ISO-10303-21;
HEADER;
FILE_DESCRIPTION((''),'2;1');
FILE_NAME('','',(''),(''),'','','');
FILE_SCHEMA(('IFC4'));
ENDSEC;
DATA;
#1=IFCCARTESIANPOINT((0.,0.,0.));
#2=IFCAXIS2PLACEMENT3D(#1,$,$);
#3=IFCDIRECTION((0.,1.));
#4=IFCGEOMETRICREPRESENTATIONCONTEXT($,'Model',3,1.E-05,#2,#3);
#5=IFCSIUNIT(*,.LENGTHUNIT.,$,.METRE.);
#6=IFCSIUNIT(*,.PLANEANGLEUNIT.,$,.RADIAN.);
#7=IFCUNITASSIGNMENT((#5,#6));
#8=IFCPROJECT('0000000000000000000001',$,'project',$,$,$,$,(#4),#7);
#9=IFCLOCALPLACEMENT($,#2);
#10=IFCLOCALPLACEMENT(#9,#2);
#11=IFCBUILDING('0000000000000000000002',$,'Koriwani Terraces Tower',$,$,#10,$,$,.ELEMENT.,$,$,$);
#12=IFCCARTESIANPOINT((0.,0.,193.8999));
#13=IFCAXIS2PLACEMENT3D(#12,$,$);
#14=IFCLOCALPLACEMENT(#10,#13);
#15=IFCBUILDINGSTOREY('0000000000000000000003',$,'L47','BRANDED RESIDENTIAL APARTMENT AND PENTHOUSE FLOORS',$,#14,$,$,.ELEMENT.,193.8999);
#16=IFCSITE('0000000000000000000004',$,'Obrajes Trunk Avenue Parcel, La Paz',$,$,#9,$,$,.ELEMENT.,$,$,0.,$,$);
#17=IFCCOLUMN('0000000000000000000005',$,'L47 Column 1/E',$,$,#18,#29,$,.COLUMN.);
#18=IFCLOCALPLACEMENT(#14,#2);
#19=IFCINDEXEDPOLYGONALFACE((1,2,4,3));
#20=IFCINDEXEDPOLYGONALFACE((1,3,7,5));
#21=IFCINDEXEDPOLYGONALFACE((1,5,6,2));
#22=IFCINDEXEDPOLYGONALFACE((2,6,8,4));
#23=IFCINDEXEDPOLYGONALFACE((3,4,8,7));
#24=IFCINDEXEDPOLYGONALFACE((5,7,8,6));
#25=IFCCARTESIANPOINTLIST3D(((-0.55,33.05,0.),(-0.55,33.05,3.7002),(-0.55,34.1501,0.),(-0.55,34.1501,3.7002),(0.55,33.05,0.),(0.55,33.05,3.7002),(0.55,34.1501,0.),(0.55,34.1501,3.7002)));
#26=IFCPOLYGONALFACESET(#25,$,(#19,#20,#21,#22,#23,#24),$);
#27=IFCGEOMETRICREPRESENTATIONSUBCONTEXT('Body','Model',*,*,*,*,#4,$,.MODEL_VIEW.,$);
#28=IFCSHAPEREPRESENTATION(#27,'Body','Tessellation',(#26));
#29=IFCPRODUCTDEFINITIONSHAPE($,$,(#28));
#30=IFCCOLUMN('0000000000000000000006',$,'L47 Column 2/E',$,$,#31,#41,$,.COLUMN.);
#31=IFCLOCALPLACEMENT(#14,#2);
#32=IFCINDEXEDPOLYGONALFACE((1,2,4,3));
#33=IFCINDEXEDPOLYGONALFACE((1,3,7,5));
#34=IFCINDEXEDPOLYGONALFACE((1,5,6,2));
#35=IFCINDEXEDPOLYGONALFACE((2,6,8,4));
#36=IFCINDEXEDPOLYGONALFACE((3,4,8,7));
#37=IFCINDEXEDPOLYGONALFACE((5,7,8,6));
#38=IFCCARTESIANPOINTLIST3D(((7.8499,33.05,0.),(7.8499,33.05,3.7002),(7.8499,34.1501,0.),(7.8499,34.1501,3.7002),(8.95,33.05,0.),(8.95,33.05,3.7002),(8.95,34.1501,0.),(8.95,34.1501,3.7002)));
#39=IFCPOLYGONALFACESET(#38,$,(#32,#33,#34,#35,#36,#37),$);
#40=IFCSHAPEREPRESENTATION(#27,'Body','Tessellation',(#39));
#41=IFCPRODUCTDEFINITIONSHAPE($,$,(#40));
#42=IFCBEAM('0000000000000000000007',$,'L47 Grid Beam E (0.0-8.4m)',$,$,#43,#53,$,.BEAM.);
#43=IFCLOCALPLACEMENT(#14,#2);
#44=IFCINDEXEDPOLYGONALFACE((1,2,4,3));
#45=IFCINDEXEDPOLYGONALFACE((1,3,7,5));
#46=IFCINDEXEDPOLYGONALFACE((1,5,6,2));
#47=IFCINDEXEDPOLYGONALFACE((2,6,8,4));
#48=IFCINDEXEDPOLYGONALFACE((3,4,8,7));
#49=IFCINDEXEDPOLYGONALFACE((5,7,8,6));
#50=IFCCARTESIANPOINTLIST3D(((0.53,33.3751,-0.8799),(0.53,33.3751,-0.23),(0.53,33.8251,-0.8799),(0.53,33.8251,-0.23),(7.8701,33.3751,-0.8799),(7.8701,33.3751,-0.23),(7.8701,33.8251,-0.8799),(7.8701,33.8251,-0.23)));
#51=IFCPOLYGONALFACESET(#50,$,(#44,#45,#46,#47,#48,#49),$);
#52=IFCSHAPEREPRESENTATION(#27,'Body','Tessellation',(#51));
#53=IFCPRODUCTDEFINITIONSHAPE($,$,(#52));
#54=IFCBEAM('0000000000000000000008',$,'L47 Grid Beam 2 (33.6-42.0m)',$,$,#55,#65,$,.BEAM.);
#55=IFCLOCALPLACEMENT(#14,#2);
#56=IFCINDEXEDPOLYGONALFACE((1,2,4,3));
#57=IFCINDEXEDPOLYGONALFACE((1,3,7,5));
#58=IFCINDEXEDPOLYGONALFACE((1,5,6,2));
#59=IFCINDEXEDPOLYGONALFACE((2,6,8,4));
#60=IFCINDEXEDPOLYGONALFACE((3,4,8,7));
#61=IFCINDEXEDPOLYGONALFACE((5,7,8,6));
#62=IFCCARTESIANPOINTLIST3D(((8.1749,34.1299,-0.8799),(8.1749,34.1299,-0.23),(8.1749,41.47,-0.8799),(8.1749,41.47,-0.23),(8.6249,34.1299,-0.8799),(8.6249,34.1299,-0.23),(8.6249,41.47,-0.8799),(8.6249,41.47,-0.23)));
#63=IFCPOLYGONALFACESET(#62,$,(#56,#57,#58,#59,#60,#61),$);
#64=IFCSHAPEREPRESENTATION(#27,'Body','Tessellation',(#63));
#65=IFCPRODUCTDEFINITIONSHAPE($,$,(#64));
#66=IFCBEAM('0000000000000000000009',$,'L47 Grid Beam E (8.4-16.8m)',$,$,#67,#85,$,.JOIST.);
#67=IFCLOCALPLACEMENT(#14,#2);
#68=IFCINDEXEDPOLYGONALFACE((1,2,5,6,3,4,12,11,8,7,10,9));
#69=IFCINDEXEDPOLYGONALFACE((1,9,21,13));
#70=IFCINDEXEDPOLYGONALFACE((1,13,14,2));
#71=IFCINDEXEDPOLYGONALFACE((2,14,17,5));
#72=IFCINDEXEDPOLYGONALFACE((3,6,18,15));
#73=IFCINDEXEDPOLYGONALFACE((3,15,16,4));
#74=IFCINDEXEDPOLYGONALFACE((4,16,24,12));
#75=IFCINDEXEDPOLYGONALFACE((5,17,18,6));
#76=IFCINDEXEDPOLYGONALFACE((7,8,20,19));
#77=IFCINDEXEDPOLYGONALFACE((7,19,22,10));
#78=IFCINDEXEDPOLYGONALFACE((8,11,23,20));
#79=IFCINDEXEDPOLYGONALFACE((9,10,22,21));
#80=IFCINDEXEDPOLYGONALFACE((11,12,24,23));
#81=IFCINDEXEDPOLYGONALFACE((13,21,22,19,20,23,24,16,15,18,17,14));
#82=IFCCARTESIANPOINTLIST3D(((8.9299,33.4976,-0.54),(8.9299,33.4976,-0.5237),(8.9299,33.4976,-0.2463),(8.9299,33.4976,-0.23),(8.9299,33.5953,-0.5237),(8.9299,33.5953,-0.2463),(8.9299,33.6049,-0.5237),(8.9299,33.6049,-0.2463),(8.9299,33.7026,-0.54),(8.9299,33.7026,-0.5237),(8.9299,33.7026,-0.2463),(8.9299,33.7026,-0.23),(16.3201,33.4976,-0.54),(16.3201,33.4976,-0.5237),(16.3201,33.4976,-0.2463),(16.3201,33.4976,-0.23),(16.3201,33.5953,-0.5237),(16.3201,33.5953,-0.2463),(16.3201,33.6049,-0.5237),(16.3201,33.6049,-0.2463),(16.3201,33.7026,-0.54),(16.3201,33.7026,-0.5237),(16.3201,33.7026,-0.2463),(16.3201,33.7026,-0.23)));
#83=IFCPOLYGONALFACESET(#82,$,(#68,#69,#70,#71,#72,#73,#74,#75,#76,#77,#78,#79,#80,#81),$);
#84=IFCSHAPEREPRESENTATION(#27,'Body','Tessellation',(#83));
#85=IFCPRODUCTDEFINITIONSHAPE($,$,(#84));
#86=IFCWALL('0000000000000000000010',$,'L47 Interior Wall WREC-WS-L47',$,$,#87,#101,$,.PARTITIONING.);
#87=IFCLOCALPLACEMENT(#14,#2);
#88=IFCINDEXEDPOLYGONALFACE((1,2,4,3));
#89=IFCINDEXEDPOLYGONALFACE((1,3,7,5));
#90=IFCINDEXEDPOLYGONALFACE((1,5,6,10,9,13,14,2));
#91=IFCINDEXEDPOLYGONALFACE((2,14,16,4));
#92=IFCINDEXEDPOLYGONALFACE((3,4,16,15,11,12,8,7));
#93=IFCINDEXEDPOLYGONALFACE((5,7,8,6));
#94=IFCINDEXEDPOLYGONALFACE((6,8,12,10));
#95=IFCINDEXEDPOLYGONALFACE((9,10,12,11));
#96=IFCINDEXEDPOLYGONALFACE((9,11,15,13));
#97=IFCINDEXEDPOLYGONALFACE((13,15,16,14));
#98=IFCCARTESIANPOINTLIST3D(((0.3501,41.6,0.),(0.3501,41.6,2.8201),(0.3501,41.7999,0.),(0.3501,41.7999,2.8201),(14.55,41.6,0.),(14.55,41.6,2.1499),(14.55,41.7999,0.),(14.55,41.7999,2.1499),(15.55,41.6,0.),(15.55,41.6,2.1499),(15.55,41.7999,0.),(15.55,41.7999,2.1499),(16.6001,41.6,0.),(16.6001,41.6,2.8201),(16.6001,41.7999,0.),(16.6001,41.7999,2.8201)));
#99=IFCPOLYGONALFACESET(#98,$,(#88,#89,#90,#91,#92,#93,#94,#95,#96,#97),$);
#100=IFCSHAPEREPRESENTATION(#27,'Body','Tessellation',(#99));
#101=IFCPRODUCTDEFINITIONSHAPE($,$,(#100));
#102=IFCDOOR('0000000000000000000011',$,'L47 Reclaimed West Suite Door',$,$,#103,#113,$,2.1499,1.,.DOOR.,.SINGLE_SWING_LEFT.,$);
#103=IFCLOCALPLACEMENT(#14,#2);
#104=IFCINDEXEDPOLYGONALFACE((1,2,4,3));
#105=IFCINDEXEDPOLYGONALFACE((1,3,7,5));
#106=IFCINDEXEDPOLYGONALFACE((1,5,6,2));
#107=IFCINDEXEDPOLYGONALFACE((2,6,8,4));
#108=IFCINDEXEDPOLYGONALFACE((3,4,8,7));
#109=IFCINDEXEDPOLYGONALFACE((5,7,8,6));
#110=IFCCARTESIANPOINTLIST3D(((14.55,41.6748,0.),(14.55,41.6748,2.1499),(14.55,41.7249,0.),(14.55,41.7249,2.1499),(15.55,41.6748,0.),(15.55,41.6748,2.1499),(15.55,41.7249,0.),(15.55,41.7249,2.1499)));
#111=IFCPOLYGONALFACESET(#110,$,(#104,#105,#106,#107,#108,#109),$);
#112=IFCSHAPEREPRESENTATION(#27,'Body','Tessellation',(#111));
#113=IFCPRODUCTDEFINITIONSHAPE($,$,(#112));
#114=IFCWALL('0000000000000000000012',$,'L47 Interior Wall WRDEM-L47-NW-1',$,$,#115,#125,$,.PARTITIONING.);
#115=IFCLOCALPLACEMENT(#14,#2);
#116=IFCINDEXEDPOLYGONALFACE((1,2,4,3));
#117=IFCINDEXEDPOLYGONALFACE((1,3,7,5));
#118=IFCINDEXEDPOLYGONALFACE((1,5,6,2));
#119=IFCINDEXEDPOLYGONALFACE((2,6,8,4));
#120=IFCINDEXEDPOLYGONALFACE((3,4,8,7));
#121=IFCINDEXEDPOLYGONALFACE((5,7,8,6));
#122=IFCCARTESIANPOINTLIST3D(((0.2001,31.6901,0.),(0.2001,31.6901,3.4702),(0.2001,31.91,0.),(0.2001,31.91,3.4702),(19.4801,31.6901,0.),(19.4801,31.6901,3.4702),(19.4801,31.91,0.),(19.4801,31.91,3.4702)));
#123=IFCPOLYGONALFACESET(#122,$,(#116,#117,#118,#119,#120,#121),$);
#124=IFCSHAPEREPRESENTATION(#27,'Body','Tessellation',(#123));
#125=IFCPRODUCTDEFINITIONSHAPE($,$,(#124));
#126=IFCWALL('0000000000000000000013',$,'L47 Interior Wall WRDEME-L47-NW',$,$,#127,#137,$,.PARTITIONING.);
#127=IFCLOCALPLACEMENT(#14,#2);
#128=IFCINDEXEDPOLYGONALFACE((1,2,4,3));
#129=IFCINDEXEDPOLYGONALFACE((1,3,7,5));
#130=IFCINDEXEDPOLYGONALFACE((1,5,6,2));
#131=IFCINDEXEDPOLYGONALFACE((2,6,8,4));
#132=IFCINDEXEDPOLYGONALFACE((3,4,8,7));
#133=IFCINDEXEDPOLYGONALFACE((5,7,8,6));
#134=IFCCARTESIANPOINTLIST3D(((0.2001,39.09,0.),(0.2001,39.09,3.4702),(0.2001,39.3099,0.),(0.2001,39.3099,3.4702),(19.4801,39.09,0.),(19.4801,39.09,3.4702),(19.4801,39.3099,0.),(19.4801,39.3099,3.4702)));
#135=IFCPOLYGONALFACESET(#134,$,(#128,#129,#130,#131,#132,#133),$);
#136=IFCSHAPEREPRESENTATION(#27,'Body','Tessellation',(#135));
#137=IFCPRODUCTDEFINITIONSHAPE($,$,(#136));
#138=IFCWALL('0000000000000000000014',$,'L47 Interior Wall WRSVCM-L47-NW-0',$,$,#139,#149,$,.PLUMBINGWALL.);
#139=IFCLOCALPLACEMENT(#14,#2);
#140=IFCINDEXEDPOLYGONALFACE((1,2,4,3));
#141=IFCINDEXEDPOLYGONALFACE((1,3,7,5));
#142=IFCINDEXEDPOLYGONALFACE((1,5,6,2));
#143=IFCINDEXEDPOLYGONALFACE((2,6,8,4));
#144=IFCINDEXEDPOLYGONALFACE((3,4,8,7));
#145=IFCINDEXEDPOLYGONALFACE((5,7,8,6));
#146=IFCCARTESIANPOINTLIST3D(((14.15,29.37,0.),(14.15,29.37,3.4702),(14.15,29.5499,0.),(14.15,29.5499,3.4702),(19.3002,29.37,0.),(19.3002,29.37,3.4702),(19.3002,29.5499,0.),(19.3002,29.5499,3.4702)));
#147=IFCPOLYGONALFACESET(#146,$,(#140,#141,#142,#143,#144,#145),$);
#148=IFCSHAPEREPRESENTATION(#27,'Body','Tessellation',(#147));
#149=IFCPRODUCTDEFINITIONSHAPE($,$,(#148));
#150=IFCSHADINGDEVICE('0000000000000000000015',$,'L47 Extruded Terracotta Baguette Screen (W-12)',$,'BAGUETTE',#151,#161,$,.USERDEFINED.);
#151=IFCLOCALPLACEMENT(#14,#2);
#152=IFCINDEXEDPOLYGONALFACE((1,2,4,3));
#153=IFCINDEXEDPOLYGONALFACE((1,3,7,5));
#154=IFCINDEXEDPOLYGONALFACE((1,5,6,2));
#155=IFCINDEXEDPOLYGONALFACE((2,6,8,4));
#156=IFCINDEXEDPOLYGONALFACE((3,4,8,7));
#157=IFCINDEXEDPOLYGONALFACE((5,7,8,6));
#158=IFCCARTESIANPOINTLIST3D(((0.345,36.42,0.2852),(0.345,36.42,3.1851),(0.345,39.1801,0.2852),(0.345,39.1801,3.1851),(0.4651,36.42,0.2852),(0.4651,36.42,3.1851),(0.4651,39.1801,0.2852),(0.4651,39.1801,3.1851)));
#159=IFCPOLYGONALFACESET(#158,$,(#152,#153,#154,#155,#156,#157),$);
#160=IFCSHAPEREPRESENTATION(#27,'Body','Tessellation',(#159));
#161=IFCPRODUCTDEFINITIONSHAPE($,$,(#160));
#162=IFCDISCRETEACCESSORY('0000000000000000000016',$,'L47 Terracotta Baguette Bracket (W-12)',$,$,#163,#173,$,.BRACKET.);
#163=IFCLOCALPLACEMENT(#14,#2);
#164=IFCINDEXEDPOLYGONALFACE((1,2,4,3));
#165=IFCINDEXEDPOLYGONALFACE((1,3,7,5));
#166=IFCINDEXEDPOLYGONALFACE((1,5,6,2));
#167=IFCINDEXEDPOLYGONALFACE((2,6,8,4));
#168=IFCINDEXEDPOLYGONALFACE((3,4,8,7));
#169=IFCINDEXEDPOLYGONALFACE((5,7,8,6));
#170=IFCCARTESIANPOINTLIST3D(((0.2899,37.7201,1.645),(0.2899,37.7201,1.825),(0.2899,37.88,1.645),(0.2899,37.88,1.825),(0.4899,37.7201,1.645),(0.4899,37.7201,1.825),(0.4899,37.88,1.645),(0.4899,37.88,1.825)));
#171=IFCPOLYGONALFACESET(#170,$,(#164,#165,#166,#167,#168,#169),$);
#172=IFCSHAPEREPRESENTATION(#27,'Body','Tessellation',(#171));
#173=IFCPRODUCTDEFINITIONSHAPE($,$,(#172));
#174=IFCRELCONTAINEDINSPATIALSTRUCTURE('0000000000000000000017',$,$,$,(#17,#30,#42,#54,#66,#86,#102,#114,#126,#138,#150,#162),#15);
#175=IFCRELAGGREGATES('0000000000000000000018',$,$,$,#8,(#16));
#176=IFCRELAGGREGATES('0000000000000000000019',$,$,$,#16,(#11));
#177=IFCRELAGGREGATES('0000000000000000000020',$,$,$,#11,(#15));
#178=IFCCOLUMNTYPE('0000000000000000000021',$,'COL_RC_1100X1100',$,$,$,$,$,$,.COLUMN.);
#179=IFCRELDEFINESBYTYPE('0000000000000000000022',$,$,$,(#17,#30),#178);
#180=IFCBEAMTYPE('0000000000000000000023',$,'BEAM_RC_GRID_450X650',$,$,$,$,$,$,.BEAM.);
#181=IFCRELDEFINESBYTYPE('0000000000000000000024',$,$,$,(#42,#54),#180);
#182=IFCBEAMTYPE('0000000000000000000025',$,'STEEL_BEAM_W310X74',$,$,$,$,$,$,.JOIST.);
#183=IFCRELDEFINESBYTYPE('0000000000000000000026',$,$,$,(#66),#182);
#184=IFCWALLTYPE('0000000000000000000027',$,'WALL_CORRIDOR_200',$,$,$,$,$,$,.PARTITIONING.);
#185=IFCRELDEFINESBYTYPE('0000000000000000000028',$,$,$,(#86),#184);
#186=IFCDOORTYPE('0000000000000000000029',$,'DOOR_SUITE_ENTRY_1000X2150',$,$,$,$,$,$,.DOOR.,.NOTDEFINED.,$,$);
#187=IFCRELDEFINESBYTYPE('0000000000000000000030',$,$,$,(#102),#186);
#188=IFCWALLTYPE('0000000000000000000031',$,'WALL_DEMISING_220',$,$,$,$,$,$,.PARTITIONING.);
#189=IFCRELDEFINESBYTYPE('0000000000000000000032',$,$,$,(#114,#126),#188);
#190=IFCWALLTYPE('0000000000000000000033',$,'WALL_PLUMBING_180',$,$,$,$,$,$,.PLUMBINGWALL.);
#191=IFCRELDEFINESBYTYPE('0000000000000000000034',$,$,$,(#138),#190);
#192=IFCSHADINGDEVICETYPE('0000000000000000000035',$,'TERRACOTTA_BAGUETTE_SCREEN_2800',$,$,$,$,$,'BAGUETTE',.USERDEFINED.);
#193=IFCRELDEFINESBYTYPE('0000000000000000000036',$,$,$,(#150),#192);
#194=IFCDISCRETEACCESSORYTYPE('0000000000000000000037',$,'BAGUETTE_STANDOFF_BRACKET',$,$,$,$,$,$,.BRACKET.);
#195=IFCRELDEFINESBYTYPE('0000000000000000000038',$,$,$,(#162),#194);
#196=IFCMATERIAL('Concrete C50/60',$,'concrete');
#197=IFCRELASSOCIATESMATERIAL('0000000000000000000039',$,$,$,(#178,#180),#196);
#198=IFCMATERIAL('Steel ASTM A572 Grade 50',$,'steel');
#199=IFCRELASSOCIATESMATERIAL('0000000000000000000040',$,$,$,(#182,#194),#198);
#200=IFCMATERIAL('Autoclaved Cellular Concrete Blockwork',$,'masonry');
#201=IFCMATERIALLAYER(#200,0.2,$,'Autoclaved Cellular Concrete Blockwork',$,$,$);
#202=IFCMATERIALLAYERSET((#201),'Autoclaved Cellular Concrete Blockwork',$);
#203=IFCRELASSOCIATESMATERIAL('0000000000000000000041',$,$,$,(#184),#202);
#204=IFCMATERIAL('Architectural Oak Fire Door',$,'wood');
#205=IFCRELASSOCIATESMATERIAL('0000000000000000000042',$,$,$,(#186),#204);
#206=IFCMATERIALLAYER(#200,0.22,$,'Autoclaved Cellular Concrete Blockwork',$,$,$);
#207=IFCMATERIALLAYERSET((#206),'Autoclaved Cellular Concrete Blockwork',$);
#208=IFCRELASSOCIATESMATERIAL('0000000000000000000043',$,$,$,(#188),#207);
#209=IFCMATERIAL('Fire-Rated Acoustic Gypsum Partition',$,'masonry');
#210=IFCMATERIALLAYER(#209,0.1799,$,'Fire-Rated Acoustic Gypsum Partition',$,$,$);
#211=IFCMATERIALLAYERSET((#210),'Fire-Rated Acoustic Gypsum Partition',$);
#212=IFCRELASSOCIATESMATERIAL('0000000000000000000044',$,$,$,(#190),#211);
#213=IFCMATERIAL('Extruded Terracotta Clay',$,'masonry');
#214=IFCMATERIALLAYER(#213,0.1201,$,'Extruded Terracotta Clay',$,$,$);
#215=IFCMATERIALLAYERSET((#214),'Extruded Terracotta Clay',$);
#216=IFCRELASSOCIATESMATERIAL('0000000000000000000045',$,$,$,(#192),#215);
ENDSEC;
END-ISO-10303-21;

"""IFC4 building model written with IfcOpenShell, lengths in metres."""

from ifc_helpers import new_model, si_unit, direction, frame, frame_2d, origin, origin_2d, place, context, subcontext, project, spatial, rectangle, i_section, extrude, material, layer, layer_set, material_profile, profile_set, type_object, element, fill, save


model = new_model("IFC4")

# Units and contexts
model_context = context("Model", 3, precision=1e-05, world=origin(), true_north=direction((0.0, 1.0)))
body_context = subcontext(model_context, "Body", "Model", "MODEL_VIEW")
ifc_project = project(units=[si_unit("LENGTHUNIT", "METRE"), si_unit("PLANEANGLEUNIT", "RADIAN")], contexts=[model_context])

# Site, building, storey
site_placement = place(None, origin())
site = spatial("IfcSite", under=ifc_project, at=site_placement, Name="Obrajes Trunk Avenue Parcel, La Paz", CompositionType="ELEMENT", RefElevation=0.0)
building_placement = place(site_placement, origin())
building = spatial("IfcBuilding", under=site, at=building_placement, Name="Koriwani Terraces Tower", CompositionType="ELEMENT")
storey_placement = place(building_placement, frame((0.0, 0.0, 193.8999)))
storey = spatial("IfcBuildingStorey", under=building, at=storey_placement, Name="L47", Description="BRANDED RESIDENTIAL APARTMENT AND PENTHOUSE FLOORS", CompositionType="ELEMENT", Elevation=193.8999)

# Columns
ifc_material_1 = material(Name="Concrete C50/60", Category="concrete")
ifc_material_profile_1 = material_profile(ifc_material_1, rectangle(XDim=1.1001, YDim=1.1001, at=origin_2d()), Name="Concrete C50/60", Category="LoadBearing")
ifc_profile_set_1 = profile_set([ifc_material_profile_1], Name="Concrete C50/60")
column_type = type_object("IfcColumnType", Name="COL_RC_1100X1100", PredefinedType="COLUMN", material=ifc_profile_set_1)
for number, where, z_axis, x_axis, name in (
    (1, (0.0, 33.6001, 0.0), (0.0, 0.0, 1.0), (1.0, 0.0, 0.0), "L47 Column 1/E"),
    (2, (8.3999, 33.6001, 0.0), (0.0, 0.0, 1.0), (1.0, 0.0, 0.0), "L47 Column 2/E"),
):
    element("IfcColumn", number, at=place(storey_placement, frame(where, z_axis=z_axis, x_axis=x_axis)), inside=storey, type_object=column_type, Name=name, PredefinedType="COLUMN", context=body_context, shape_type="SweptSolid", body=[
        extrude(rectangle(XDim=1.1001, YDim=1.1001, at=origin_2d()), origin(), (0.0, 0.0, 1.0), 3.7002),
    ])

# Beams
ifc_material_profile_2 = material_profile(ifc_material_1, rectangle(XDim=0.45, YDim=0.6499, at=origin_2d()), Name="Concrete C50/60", Category="LoadBearing")
ifc_profile_set_2 = profile_set([ifc_material_profile_2], Name="Concrete C50/60")
beam_type_1 = type_object("IfcBeamType", Name="BEAM_RC_GRID_450X650", PredefinedType="BEAM", material=ifc_profile_set_2)
for number, where, z_axis, x_axis, name in (
    (3, (0.53, 33.6001, -0.5549), (1.0, 0.0, 0.0), (0.0, 1.0, 0.0), "L47 Grid Beam E (0.0-8.4m)"),
    (4, (8.3999, 34.1299, -0.5549), (0.0, 1.0, 0.0), (-1.0, 0.0, 0.0), "L47 Grid Beam 2 (33.6-42.0m)"),
):
    element("IfcBeam", number, at=place(storey_placement, frame(where, z_axis=z_axis, x_axis=x_axis)), inside=storey, type_object=beam_type_1, Name=name, PredefinedType="BEAM", context=body_context, shape_type="SweptSolid", body=[
        extrude(rectangle(XDim=0.45, YDim=0.6499, at=origin_2d()), origin(), (0.0, 0.0, 1.0), 7.3401),
    ])
ifc_material_2 = material(Name="Steel ASTM A572 Grade 50", Category="steel")
ifc_material_profile_3 = material_profile(ifc_material_2, i_section(OverallWidth=0.2051, OverallDepth=0.3101, WebThickness=0.0095, FlangeThickness=0.0164, at=origin_2d()), Name="Steel ASTM A572 Grade 50", Category="LoadBearing")
ifc_profile_set_3 = profile_set([ifc_material_profile_3], Name="Steel ASTM A572 Grade 50")
beam_type_2 = type_object("IfcBeamType", Name="STEEL_BEAM_W310X74", PredefinedType="JOIST", material=ifc_profile_set_3)
beam_placement = place(storey_placement, frame((8.9299, 33.6001, -0.385), z_axis=(1.0, 0.0, 0.0), x_axis=(0.0, 1.0, 0.0)))
element("IfcBeam", 5, at=beam_placement, inside=storey, type_object=beam_type_2, Name="L47 Grid Beam E (8.4-16.8m)", PredefinedType="JOIST", context=body_context, shape_type="SweptSolid", body=[
    extrude(i_section(OverallWidth=0.2051, OverallDepth=0.3101, WebThickness=0.0095, FlangeThickness=0.0164, at=origin_2d()), origin(), (0.0, 0.0, 1.0), 7.3901),
])

# Wall, opening, door
ifc_material_3 = material(Name="Autoclaved Cellular Concrete Blockwork", Category="masonry")
ifc_layer_1 = layer(ifc_material_3, 0.2, Name="Autoclaved Cellular Concrete Blockwork")
ifc_layer_set_1 = layer_set([ifc_layer_1], Name="Autoclaved Cellular Concrete Blockwork")
wall_type_1 = type_object("IfcWallType", Name="WALL_CORRIDOR_200", PredefinedType="PARTITIONING", material=ifc_layer_set_1)
wall_1_placement = place(storey_placement, frame((0.3501, 41.7, 0.0), z_axis=(0.0, 0.0, 1.0), x_axis=(1.0, 0.0, 0.0)))
wall_1 = element("IfcWall", 6, at=wall_1_placement, inside=storey, type_object=wall_type_1, Name="L47 Interior Wall WREC-WS-L47", PredefinedType="PARTITIONING", context=body_context, shape_type="SweptSolid", body=[
    extrude(rectangle(XDim=16.25, YDim=0.2, at=frame_2d((8.125, 0.0))), origin(), (0.0, 0.0, 1.0), 2.8201),
])
opening_placement = place(wall_1_placement, frame((14.2, 0.0, 0.0)))
opening = element("IfcOpeningElement", 7, at=opening_placement, cuts=wall_1, PredefinedType="OPENING", context=body_context, shape_type="SweptSolid", body=[
    extrude(rectangle(XDim=1.0, YDim=2.1499, at=frame_2d((0.5, 1.075))), frame((0.0, 0.1099, 0.0), z_axis=(0.0, -1.0, 0.0), x_axis=(1.0, 0.0, 0.0)), (0.0, 0.0, 1.0), 0.22),
])
ifc_material_4 = material(Name="Architectural Oak Fire Door", Category="wood")
door_type = type_object("IfcDoorType", Name="DOOR_SUITE_ENTRY_1000X2150", OperationType="NOTDEFINED", PredefinedType="DOOR", material=ifc_material_4)
door_placement = place(opening_placement, origin())
door = element("IfcDoor", 8, at=door_placement, inside=storey, type_object=door_type, Name="L47 Reclaimed West Suite Door", OperationType="SINGLE_SWING_LEFT", OverallHeight=2.1499, OverallWidth=1.0, PredefinedType="DOOR", context=body_context, shape_type="SweptSolid", body=[
    extrude(rectangle(XDim=1.0, YDim=2.1499, at=frame_2d((0.5, 1.075))), frame((0.0, 0.0249, 0.0), z_axis=(0.0, -1.0, 0.0), x_axis=(1.0, 0.0, 0.0)), (0.0, 0.0, 1.0), 0.05),
])
fill(opening, door)

# Walls
ifc_layer_2 = layer(ifc_material_3, 0.22, Name="Autoclaved Cellular Concrete Blockwork")
ifc_layer_set_2 = layer_set([ifc_layer_2], Name="Autoclaved Cellular Concrete Blockwork")
wall_type_2 = type_object("IfcWallType", Name="WALL_DEMISING_220", PredefinedType="PARTITIONING", material=ifc_layer_set_2)
for number, where, z_axis, x_axis, name in (
    (9, (0.2, 31.8, 0.0), (0.0, 0.0, 1.0), (1.0, 0.0, 0.0), "L47 Interior Wall WRDEM-L47-NW-1"),
    (10, (0.2, 39.2, 0.0), (0.0, 0.0, 1.0), (1.0, 0.0, 0.0), "L47 Interior Wall WRDEME-L47-NW"),
):
    element("IfcWall", number, at=place(storey_placement, frame(where, z_axis=z_axis, x_axis=x_axis)), inside=storey, type_object=wall_type_2, Name=name, PredefinedType="PARTITIONING", context=body_context, shape_type="SweptSolid", body=[
        extrude(rectangle(XDim=19.28, YDim=0.22, at=frame_2d((9.6401, 0.0))), origin(), (0.0, 0.0, 1.0), 3.4702),
    ])
ifc_material_5 = material(Name="Fire-Rated Acoustic Gypsum Partition", Category="masonry")
ifc_layer_3 = layer(ifc_material_5, 0.1799, Name="Fire-Rated Acoustic Gypsum Partition")
ifc_layer_set_3 = layer_set([ifc_layer_3], Name="Fire-Rated Acoustic Gypsum Partition")
wall_type_3 = type_object("IfcWallType", Name="WALL_PLUMBING_180", PredefinedType="PLUMBINGWALL", material=ifc_layer_set_3)
wall_2_placement = place(storey_placement, frame((14.1499, 29.46, 0.0), z_axis=(0.0, 0.0, 1.0), x_axis=(1.0, 0.0, 0.0)))
element("IfcWall", 11, at=wall_2_placement, inside=storey, type_object=wall_type_3, Name="L47 Interior Wall WRSVCM-L47-NW-0", PredefinedType="PLUMBINGWALL", context=body_context, shape_type="SweptSolid", body=[
    extrude(rectangle(XDim=5.1501, YDim=0.1799, at=frame_2d((2.5752, 0.0))), origin(), (0.0, 0.0, 1.0), 3.4702),
])

# Shading device
ifc_material_6 = material(Name="Extruded Terracotta Clay", Category="masonry")
ifc_layer_4 = layer(ifc_material_6, 0.1201, Name="Extruded Terracotta Clay")
ifc_layer_set_4 = layer_set([ifc_layer_4], Name="Extruded Terracotta Clay")
shading_device_type = type_object("IfcShadingDeviceType", Name="TERRACOTTA_BAGUETTE_SCREEN_2800", ElementType="BAGUETTE", PredefinedType="USERDEFINED", material=ifc_layer_set_4)
shading_device_placement = place(storey_placement, frame((0.405, 37.8, 0.2852), z_axis=(0.0, 0.0, 1.0), x_axis=(0.0, 1.0, 0.0)))
element("IfcShadingDevice", 12, at=shading_device_placement, inside=storey, type_object=shading_device_type, Name="L47 Extruded Terracotta Baguette Screen (W-12)", ObjectType="BAGUETTE", PredefinedType="USERDEFINED", context=body_context, shape_type="SweptSolid", body=[
    extrude(rectangle(XDim=2.76, YDim=0.1201, at=origin_2d()), origin(), (0.0, 0.0, 1.0), 2.8999),
])

# Discrete accessory
discrete_accessory_type = type_object("IfcDiscreteAccessoryType", Name="BAGUETTE_STANDOFF_BRACKET", PredefinedType="BRACKET", material=ifc_material_2)
discrete_accessory_placement = place(storey_placement, frame((0.3899, 37.8, 1.645), z_axis=(0.0, 0.0, 1.0), x_axis=(0.0, 1.0, 0.0)))
element("IfcDiscreteAccessory", 13, at=discrete_accessory_placement, inside=storey, type_object=discrete_accessory_type, Name="L47 Terracotta Baguette Bracket (W-12)", PredefinedType="BRACKET", context=body_context, shape_type="SweptSolid", body=[
    extrude(rectangle(XDim=0.1599, YDim=0.2, at=origin_2d()), origin(), (0.0, 0.0, 1.0), 0.1799),
])

save(model, "model.ifc")
